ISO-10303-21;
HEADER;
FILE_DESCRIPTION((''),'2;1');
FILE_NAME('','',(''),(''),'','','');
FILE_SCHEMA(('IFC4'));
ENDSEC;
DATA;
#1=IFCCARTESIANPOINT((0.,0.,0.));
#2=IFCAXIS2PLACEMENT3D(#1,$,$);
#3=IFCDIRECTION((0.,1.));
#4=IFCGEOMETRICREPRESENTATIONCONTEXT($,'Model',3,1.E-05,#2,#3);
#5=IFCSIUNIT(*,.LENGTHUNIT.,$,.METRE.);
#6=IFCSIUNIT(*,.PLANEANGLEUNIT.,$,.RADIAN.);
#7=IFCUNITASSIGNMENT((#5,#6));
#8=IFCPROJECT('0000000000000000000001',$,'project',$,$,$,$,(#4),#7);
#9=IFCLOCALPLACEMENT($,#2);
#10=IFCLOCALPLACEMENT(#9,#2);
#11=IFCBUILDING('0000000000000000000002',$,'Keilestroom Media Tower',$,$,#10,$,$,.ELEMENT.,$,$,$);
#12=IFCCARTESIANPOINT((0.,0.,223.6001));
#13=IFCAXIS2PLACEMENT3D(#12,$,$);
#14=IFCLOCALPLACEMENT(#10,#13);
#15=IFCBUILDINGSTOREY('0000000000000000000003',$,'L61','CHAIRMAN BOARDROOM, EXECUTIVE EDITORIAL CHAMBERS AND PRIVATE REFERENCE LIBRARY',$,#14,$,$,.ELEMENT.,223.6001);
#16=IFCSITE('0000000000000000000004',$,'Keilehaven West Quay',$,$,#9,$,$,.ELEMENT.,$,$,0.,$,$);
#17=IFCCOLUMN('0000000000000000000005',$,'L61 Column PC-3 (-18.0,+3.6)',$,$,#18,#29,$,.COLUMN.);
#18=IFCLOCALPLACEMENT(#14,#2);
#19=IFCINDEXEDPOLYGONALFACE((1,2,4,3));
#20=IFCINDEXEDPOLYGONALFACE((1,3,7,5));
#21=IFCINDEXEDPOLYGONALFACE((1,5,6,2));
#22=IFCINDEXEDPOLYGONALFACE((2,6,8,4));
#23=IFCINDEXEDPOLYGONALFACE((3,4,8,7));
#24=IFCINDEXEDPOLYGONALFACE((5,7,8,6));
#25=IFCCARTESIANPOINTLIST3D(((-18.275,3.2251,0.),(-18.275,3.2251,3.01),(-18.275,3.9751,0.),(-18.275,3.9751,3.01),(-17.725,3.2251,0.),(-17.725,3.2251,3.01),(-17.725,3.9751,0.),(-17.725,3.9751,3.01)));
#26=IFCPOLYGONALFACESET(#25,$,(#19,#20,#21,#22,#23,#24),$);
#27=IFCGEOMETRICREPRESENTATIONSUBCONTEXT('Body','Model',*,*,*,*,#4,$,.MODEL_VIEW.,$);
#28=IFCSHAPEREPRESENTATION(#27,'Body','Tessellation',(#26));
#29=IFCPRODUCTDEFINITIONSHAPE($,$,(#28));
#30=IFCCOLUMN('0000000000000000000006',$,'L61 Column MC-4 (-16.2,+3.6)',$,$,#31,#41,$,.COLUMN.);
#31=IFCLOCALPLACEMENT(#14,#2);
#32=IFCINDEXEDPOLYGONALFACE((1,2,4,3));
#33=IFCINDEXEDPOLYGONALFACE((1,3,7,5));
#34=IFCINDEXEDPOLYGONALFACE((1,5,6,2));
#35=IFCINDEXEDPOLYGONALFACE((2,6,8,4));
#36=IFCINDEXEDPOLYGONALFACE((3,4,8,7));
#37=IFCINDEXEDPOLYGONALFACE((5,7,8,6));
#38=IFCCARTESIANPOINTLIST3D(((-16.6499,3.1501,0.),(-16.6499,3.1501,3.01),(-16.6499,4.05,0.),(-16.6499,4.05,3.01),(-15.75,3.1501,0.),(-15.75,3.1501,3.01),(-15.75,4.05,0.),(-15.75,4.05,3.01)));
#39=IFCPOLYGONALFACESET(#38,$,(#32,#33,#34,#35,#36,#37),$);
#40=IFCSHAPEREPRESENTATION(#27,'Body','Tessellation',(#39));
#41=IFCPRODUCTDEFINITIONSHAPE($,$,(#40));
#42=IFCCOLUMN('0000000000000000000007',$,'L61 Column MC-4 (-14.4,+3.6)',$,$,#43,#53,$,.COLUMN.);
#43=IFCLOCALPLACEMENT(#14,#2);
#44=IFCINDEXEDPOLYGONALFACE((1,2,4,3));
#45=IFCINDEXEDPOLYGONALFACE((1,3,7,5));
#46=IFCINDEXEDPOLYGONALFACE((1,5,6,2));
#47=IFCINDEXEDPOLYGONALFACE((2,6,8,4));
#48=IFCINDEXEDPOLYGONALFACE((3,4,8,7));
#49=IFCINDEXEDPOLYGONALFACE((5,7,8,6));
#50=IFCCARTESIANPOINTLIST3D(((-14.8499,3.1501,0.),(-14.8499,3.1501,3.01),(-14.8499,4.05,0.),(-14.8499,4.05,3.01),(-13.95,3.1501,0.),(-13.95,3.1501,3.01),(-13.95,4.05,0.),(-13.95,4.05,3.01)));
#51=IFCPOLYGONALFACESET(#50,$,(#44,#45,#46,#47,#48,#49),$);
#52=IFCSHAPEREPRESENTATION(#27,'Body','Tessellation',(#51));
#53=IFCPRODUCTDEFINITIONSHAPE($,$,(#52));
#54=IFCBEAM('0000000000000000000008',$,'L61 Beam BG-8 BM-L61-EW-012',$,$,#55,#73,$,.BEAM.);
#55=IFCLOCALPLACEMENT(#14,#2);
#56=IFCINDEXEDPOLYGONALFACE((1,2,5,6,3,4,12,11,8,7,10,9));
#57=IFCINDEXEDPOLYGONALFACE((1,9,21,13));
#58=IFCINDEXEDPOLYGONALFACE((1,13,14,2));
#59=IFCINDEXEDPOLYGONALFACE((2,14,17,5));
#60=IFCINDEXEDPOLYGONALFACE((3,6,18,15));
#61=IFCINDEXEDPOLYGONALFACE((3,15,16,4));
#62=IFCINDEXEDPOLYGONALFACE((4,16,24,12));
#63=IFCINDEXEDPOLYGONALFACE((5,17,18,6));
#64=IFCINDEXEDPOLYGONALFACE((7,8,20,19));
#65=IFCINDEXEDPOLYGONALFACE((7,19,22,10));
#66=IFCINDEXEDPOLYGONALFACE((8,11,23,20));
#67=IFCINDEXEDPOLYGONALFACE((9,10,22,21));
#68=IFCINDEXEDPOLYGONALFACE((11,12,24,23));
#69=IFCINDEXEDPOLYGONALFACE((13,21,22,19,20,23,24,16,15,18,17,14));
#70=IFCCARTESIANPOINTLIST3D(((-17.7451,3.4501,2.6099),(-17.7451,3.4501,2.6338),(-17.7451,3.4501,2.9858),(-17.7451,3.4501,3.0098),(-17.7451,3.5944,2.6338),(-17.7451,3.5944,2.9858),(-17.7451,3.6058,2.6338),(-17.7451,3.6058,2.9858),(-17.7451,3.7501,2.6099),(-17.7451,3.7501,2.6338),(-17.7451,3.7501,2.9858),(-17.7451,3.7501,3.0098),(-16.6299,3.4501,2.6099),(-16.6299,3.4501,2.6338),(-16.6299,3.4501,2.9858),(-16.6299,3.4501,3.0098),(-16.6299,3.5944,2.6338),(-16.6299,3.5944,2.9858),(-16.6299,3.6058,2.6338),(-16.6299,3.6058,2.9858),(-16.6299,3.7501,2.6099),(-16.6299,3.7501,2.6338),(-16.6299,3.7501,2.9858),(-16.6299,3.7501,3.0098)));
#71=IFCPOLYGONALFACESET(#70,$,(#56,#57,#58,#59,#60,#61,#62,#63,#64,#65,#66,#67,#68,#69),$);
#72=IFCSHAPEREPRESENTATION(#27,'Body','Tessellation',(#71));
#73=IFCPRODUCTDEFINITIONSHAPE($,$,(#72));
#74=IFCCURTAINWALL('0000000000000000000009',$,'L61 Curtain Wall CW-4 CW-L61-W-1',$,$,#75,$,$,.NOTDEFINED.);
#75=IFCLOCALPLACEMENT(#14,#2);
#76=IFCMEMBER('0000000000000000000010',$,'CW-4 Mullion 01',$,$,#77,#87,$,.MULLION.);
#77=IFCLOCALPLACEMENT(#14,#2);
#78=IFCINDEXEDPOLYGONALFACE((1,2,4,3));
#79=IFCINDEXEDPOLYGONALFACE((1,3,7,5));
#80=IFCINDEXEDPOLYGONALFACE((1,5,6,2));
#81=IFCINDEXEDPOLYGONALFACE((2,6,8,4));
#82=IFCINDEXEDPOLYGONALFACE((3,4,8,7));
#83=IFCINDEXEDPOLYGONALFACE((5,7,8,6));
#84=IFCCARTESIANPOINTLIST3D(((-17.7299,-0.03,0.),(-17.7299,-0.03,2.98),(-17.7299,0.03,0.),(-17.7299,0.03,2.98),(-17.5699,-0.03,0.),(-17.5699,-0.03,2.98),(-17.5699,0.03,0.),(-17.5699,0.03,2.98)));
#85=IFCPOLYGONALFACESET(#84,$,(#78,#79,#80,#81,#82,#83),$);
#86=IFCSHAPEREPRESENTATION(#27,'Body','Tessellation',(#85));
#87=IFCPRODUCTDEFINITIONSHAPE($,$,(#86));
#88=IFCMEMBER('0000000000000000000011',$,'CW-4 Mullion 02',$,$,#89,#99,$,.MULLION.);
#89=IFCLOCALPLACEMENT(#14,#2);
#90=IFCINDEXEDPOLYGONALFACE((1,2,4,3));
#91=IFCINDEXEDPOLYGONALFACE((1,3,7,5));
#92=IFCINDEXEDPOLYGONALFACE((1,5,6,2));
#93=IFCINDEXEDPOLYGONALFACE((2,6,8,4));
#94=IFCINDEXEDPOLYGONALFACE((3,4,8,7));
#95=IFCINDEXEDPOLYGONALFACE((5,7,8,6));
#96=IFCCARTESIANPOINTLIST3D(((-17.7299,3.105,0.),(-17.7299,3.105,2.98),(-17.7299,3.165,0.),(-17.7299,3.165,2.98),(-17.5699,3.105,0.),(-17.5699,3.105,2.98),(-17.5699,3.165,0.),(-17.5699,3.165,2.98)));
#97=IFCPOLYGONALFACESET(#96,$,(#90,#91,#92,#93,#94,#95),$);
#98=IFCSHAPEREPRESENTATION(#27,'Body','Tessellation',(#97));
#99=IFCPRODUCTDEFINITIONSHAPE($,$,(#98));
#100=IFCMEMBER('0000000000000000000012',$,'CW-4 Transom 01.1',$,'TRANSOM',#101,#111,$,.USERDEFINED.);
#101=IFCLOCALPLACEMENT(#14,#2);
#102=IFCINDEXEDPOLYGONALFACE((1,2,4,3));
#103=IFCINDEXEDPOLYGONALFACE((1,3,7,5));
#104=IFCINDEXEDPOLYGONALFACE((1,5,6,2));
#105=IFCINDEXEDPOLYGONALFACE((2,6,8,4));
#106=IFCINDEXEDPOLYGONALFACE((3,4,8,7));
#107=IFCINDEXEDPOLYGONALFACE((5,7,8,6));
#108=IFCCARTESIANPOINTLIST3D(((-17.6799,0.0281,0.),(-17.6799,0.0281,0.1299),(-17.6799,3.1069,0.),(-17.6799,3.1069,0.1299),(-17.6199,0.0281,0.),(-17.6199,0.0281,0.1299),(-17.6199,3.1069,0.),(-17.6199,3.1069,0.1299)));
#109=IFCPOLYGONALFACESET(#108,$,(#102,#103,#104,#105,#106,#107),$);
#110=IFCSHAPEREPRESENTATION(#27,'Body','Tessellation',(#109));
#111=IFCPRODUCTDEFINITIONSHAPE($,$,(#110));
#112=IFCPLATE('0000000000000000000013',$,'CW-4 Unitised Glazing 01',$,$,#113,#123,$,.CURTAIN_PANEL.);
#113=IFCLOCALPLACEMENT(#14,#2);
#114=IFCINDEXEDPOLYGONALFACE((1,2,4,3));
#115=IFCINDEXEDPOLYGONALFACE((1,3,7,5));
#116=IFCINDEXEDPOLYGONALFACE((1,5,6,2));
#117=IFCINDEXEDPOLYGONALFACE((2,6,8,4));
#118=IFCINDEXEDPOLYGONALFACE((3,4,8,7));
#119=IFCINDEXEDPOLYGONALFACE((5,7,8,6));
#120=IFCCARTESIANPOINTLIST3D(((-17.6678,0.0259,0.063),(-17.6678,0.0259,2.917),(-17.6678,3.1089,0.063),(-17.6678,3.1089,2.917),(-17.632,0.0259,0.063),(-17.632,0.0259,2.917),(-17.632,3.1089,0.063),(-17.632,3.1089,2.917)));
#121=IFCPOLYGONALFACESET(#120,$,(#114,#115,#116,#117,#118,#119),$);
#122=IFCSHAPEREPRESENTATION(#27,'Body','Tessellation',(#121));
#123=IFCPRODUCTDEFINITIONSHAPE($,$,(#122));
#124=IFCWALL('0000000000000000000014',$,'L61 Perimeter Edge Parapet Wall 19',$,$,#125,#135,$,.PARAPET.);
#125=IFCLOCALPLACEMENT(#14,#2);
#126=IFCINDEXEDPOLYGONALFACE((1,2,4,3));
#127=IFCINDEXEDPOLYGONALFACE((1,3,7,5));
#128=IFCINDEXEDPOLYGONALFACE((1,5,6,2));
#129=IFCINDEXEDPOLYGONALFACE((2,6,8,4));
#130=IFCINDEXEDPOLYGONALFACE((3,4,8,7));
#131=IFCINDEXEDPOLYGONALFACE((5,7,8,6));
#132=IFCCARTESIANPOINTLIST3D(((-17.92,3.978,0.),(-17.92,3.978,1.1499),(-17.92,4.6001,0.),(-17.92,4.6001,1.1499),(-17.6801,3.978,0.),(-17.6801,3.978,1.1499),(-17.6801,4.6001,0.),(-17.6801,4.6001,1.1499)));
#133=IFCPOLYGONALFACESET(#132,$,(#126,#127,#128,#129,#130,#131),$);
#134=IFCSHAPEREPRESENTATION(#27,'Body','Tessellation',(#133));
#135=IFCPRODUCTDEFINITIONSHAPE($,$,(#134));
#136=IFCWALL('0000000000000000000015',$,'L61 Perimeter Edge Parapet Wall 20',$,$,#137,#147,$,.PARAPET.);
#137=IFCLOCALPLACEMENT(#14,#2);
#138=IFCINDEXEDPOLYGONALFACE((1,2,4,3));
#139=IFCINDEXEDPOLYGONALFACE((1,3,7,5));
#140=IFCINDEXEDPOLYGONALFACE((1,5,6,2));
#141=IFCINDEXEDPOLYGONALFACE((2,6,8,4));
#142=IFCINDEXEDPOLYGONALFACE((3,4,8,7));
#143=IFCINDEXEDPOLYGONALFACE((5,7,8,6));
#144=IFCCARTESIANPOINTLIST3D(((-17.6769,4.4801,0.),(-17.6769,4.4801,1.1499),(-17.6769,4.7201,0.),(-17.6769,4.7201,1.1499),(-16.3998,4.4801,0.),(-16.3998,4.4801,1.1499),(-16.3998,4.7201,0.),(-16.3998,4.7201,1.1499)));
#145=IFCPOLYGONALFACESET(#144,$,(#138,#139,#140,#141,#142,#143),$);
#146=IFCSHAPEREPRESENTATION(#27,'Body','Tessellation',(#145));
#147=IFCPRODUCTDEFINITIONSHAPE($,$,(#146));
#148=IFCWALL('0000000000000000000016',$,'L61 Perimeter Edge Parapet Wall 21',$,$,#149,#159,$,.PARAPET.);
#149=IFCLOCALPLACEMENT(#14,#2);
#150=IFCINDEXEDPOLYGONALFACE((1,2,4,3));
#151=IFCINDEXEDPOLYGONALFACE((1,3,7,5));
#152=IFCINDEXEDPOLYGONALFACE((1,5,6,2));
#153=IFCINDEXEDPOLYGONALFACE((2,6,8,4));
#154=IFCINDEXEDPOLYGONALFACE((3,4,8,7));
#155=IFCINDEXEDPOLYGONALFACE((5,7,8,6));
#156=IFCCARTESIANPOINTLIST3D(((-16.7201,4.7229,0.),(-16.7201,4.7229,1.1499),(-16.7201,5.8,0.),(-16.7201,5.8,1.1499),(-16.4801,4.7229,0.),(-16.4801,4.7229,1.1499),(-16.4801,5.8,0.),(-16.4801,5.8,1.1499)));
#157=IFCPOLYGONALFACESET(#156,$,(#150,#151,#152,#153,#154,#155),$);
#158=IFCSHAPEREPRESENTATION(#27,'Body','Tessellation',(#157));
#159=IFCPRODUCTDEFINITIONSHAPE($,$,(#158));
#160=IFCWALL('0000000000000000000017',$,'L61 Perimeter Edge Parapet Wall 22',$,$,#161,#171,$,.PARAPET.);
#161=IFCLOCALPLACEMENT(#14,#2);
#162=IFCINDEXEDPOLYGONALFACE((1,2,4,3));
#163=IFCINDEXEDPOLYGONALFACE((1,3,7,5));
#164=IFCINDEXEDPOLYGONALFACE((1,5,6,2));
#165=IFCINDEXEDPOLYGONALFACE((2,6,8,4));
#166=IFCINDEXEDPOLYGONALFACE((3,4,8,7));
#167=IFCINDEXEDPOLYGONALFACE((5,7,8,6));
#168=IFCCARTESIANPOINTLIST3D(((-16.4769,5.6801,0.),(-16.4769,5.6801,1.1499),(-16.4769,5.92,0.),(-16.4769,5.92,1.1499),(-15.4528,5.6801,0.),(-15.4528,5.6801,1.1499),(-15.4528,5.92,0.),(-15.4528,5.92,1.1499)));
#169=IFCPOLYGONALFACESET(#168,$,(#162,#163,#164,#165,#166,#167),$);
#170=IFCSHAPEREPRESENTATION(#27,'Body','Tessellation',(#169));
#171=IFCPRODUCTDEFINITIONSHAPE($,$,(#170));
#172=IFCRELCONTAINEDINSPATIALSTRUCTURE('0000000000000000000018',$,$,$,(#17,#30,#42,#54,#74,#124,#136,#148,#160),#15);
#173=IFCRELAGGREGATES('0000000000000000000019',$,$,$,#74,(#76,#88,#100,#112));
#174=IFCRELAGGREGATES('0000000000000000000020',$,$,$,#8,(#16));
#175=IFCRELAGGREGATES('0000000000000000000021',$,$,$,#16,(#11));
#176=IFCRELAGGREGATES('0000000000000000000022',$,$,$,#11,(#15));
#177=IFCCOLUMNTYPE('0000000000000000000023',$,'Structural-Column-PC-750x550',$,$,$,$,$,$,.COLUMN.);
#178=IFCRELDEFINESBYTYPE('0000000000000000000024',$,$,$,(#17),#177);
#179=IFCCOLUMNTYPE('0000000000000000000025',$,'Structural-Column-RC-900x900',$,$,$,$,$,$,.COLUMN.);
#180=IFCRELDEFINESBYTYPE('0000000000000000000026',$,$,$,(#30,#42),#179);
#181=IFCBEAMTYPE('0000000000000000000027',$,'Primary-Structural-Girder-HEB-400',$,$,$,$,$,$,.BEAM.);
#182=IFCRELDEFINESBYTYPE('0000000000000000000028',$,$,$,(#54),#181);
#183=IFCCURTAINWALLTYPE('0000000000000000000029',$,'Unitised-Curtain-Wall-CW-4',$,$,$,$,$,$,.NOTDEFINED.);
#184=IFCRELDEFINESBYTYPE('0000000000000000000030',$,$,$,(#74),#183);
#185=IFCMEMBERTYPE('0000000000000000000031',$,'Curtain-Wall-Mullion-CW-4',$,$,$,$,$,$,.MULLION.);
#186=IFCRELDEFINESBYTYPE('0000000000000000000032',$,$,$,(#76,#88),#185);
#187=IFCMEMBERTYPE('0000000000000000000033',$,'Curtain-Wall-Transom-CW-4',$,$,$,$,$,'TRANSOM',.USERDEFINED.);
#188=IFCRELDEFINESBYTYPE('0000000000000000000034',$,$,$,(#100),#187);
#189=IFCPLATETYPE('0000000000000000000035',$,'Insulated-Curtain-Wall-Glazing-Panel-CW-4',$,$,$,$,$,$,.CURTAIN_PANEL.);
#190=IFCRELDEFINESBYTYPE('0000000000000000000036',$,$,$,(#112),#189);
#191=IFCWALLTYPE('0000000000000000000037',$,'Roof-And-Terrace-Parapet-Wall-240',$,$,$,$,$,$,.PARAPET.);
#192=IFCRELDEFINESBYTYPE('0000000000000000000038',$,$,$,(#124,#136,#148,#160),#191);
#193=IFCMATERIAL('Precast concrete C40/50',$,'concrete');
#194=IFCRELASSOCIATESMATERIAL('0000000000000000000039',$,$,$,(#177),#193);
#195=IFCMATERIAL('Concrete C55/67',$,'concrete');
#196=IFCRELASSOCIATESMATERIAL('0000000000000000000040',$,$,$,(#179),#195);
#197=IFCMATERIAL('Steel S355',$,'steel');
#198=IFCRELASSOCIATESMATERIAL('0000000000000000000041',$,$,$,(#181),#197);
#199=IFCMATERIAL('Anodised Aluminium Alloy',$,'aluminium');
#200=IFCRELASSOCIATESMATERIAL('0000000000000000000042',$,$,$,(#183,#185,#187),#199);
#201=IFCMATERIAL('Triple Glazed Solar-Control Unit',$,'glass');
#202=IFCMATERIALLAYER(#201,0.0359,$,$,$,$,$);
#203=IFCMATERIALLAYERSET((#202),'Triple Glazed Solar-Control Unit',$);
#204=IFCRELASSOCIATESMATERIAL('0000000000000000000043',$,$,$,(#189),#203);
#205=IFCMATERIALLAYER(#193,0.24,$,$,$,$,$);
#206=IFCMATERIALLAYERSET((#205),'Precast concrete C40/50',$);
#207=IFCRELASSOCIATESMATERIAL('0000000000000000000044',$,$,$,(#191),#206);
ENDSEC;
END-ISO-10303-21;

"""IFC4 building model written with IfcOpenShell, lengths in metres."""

from ifc_helpers import new_model, si_unit, direction, frame, frame_2d, origin, origin_2d, place, context, subcontext, project, spatial, rectangle, i_section, extrude, source, transform, mapped, material, layer, layer_set, material_profile, profile_set, type_object, element, aggregate, save


model = new_model("IFC4")

# Units and contexts
model_context = context("Model", 3, precision=1e-05, world=origin(), true_north=direction((0.0, 1.0)))
body_context = subcontext(model_context, "Body", "Model", "MODEL_VIEW")
ifc_project = project(units=[si_unit("LENGTHUNIT", "METRE"), si_unit("PLANEANGLEUNIT", "RADIAN")], contexts=[model_context])

# Site, building, storey
site_placement = place(None, origin())
site = spatial("IfcSite", under=ifc_project, at=site_placement, Name="Keilehaven West Quay", CompositionType="ELEMENT", RefElevation=0.0)
building_placement = place(site_placement, origin())
building = spatial("IfcBuilding", under=site, at=building_placement, Name="Keilestroom Media Tower", CompositionType="ELEMENT")
storey_placement = place(building_placement, frame((0.0, 0.0, 223.6001)))
storey = spatial("IfcBuildingStorey", under=building, at=storey_placement, Name="L61", Description="CHAIRMAN BOARDROOM, EXECUTIVE EDITORIAL CHAMBERS AND PRIVATE REFERENCE LIBRARY", CompositionType="ELEMENT", Elevation=223.6001)

# Columns
ifc_material_1 = material(Name="Precast concrete C40/50", Category="concrete")
ifc_material_profile_1 = material_profile(ifc_material_1, rectangle(XDim=0.55, YDim=0.75, at=origin_2d()), Name="PC 750x550")
ifc_profile_set_1 = profile_set([ifc_material_profile_1], Name="Precast concrete C40/50")
column_type_1 = type_object("IfcColumnType", Name="Structural-Column-PC-750x550", PredefinedType="COLUMN", material=ifc_profile_set_1)
shared_shape_1 = source(origin(), body_context, "Body", "SweptSolid", [
    extrude(rectangle(XDim=0.55, YDim=0.75, at=origin_2d()), origin(), (0.0, 0.0, 1.0), 3.01),
])
column_placement = place(storey_placement, frame((-18.0, 3.6001, 0.0), z_axis=(0.0, 0.0, 1.0), x_axis=(1.0, 0.0, 0.0)))
element("IfcColumn", 1, at=column_placement, inside=storey, type_object=column_type_1, Name="L61 Column PC-3 (-18.0,+3.6)", PredefinedType="COLUMN", context=body_context, shape_type="MappedRepresentation", body=[
    mapped(shared_shape_1, transform((0.0, 0.0, 0.0), x_axis=(1.0, 0.0, 0.0), y_axis=(0.0, 1.0, 0.0), z_axis=(0.0, 0.0, 1.0), scale=1.0)),
])
ifc_material_2 = material(Name="Concrete C55/67", Category="concrete")
ifc_material_profile_2 = material_profile(ifc_material_2, rectangle(XDim=0.8999, YDim=0.8999, at=origin_2d()), Name="RC 900x900")
ifc_profile_set_2 = profile_set([ifc_material_profile_2], Name="Concrete C55/67")
column_type_2 = type_object("IfcColumnType", Name="Structural-Column-RC-900x900", PredefinedType="COLUMN", material=ifc_profile_set_2)
shared_shape_2 = source(origin(), body_context, "Body", "SweptSolid", [
    extrude(rectangle(XDim=0.8999, YDim=0.8999, at=origin_2d()), origin(), (0.0, 0.0, 1.0), 3.01),
])
for number, where, z_axis, x_axis, name in (
    (2, (-16.2, 3.6001, 0.0), (0.0, 0.0, 1.0), (1.0, 0.0, 0.0), "L61 Column MC-4 (-16.2,+3.6)"),
    (3, (-14.3999, 3.6001, 0.0), (0.0, 0.0, 1.0), (1.0, 0.0, 0.0), "L61 Column MC-4 (-14.4,+3.6)"),
):
    element("IfcColumn", number, at=place(storey_placement, frame(where, z_axis=z_axis, x_axis=x_axis)), inside=storey, type_object=column_type_2, Name=name, PredefinedType="COLUMN", context=body_context, shape_type="MappedRepresentation", body=[
        mapped(shared_shape_2, transform((0.0, 0.0, 0.0), x_axis=(1.0, 0.0, 0.0), y_axis=(0.0, 1.0, 0.0), z_axis=(0.0, 0.0, 1.0), scale=1.0)),
    ])

# Beam
ifc_material_3 = material(Name="Steel S355", Category="steel")
ifc_material_profile_3 = material_profile(ifc_material_3, i_section(OverallWidth=0.3, OverallDepth=0.3999, WebThickness=0.0115, FlangeThickness=0.0239, at=origin_2d()), Name="HEB 400")
ifc_profile_set_3 = profile_set([ifc_material_profile_3], Name="Steel S355")
beam_type = type_object("IfcBeamType", Name="Primary-Structural-Girder-HEB-400", PredefinedType="BEAM", material=ifc_profile_set_3)
shared_shape_3 = source(origin(), body_context, "Body", "SweptSolid", [
    extrude(i_section(OverallWidth=0.3, OverallDepth=0.3999, WebThickness=0.0115, FlangeThickness=0.0239, at=origin_2d()), origin(), (0.0, 0.0, 1.0), 1.1152),
])
beam_placement = place(storey_placement, frame((-17.7451, 3.6001, 2.8098), z_axis=(1.0, 0.0, 0.0), x_axis=(0.0, 1.0, 0.0)))
element("IfcBeam", 4, at=beam_placement, inside=storey, type_object=beam_type, Name="L61 Beam BG-8 BM-L61-EW-012", PredefinedType="BEAM", context=body_context, shape_type="MappedRepresentation", body=[
    mapped(shared_shape_3, transform((0.0, 0.0, 0.0), x_axis=(1.0, 0.0, 0.0), y_axis=(0.0, 1.0, 0.0), z_axis=(0.0, 0.0, 1.0), scale=1.0)),
])

# Curtain wall, members, plate
ifc_material_4 = material(Name="Anodised Aluminium Alloy", Category="aluminium")
curtain_wall_type = type_object("IfcCurtainWallType", Name="Unitised-Curtain-Wall-CW-4", PredefinedType="NOTDEFINED", material=ifc_material_4)
curtain_wall_placement = place(storey_placement, origin())
curtain_wall = element("IfcCurtainWall", 5, at=curtain_wall_placement, inside=storey, type_object=curtain_wall_type, Name="L61 Curtain Wall CW-4 CW-L61-W-1", PredefinedType="NOTDEFINED")
ifc_material_profile_4 = material_profile(ifc_material_4, rectangle(XDim=0.0601, YDim=0.1599, at=origin_2d()), Name="ALU MULLION 60x160")
ifc_profile_set_4 = profile_set([ifc_material_profile_4], Name="Anodised Aluminium Alloy")
member_type_1 = type_object("IfcMemberType", Name="Curtain-Wall-Mullion-CW-4", PredefinedType="MULLION", material=ifc_profile_set_4)
shared_shape_4 = source(origin(), body_context, "Body", "SweptSolid", [
    extrude(rectangle(XDim=0.0601, YDim=0.1599, at=origin_2d()), origin(), (0.0, 0.0, 1.0), 2.98),
])
member_1_placement = place(storey_placement, frame((-17.6499, 0.0, 0.0), z_axis=(0.0, 0.0, 1.0), x_axis=(0.0, 1.0, 0.0)))
member_1 = element("IfcMember", 6, at=member_1_placement, type_object=member_type_1, Name="CW-4 Mullion 01", PredefinedType="MULLION", context=body_context, shape_type="MappedRepresentation", body=[
    mapped(shared_shape_4, transform((0.0, 0.0, 0.0), x_axis=(1.0, 0.0, 0.0), y_axis=(0.0, 1.0, 0.0), z_axis=(0.0, 0.0, 1.0), scale=1.0)),
])
member_2_placement = place(storey_placement, frame((-17.6499, 3.135, 0.0), z_axis=(0.0, 0.0, 1.0), x_axis=(0.0, 1.0, 0.0)))
member_2 = element("IfcMember", 7, at=member_2_placement, type_object=member_type_1, Name="CW-4 Mullion 02", PredefinedType="MULLION", context=body_context, shape_type="MappedRepresentation", body=[
    mapped(shared_shape_4, transform((0.0, 0.0, 0.0), x_axis=(1.0, 0.0, 0.0), y_axis=(0.0, 1.0, 0.0), z_axis=(0.0, 0.0, 1.0), scale=1.0)),
])
ifc_material_profile_5 = material_profile(ifc_material_4, rectangle(XDim=0.0601, YDim=0.1299, at=origin_2d()), Name="ALU TRANSOM 60x130")
ifc_profile_set_5 = profile_set([ifc_material_profile_5], Name="Anodised Aluminium Alloy")
member_type_2 = type_object("IfcMemberType", Name="Curtain-Wall-Transom-CW-4", ElementType="TRANSOM", PredefinedType="USERDEFINED", material=ifc_profile_set_5)
shared_shape_5 = source(origin(), body_context, "Body", "SweptSolid", [
    extrude(rectangle(XDim=0.0601, YDim=0.1299, at=origin_2d()), origin(), (0.0, 0.0, 1.0), 3.0789),
])
member_3_placement = place(storey_placement, frame((-17.6499, 0.0281, 0.0649), z_axis=(0.0, 1.0, 0.0), x_axis=(-1.0, 0.0, 0.0)))
member_3 = element("IfcMember", 8, at=member_3_placement, type_object=member_type_2, Name="CW-4 Transom 01.1", ObjectType="TRANSOM", PredefinedType="USERDEFINED", context=body_context, shape_type="MappedRepresentation", body=[
    mapped(shared_shape_5, transform((0.0, 0.0, 0.0), x_axis=(1.0, 0.0, 0.0), y_axis=(0.0, 1.0, 0.0), z_axis=(0.0, 0.0, 1.0), scale=1.0)),
])
ifc_material_5 = material(Name="Triple Glazed Solar-Control Unit", Category="glass")
ifc_layer_1 = layer(ifc_material_5, 0.0359)
ifc_layer_set_1 = layer_set([ifc_layer_1], Name="Triple Glazed Solar-Control Unit")
plate_type = type_object("IfcPlateType", Name="Insulated-Curtain-Wall-Glazing-Panel-CW-4", PredefinedType="CURTAIN_PANEL", material=ifc_layer_set_1)
shared_shape_6 = source(origin(), body_context, "Body", "SweptSolid", [
    extrude(rectangle(XDim=3.083, YDim=0.0359, at=origin_2d()), origin(), (0.0, 0.0, 1.0), 2.854),
])
plate_placement = place(storey_placement, frame((-17.6499, 1.5674, 0.063), z_axis=(0.0, 0.0, 1.0), x_axis=(0.0, 1.0, 0.0)))
plate = element("IfcPlate", 9, at=plate_placement, type_object=plate_type, Name="CW-4 Unitised Glazing 01", PredefinedType="CURTAIN_PANEL", context=body_context, shape_type="MappedRepresentation", body=[
    mapped(shared_shape_6, transform((0.0, 0.0, 0.0), x_axis=(1.0, 0.0, 0.0), y_axis=(0.0, 1.0, 0.0), z_axis=(0.0, 0.0, 1.0), scale=1.0)),
])
aggregate(curtain_wall, [member_1, member_2, member_3, plate])

# Walls
ifc_layer_2 = layer(ifc_material_1, 0.24)
ifc_layer_set_2 = layer_set([ifc_layer_2], Name="Precast concrete C40/50")
wall_type = type_object("IfcWallType", Name="Roof-And-Terrace-Parapet-Wall-240", PredefinedType="PARAPET", material=ifc_layer_set_2)
wall_1_placement = place(storey_placement, frame((-17.8, 3.978, 0.0), z_axis=(0.0, 0.0, 1.0), x_axis=(0.0, 1.0, 0.0)))
element("IfcWall", 10, at=wall_1_placement, inside=storey, type_object=wall_type, Name="L61 Perimeter Edge Parapet Wall 19", PredefinedType="PARAPET", context=body_context, shape_type="SweptSolid", body=[
    extrude(rectangle(XDim=0.6221, YDim=0.24, at=frame_2d((0.311, 0.0))), origin(), (0.0, 0.0, 1.0), 1.1499),
])
wall_2_placement = place(storey_placement, frame((-17.677, 4.6001, 0.0), z_axis=(0.0, 0.0, 1.0), x_axis=(1.0, 0.0, 0.0)))
element("IfcWall", 11, at=wall_2_placement, inside=storey, type_object=wall_type, Name="L61 Perimeter Edge Parapet Wall 20", PredefinedType="PARAPET", context=body_context, shape_type="SweptSolid", body=[
    extrude(rectangle(XDim=1.2771, YDim=0.24, at=frame_2d((0.6387, 0.0))), origin(), (0.0, 0.0, 1.0), 1.1499),
])
wall_3_placement = place(storey_placement, frame((-16.6001, 4.7229, 0.0), z_axis=(0.0, 0.0, 1.0), x_axis=(0.0, 1.0, 0.0)))
element("IfcWall", 12, at=wall_3_placement, inside=storey, type_object=wall_type, Name="L61 Perimeter Edge Parapet Wall 21", PredefinedType="PARAPET", context=body_context, shape_type="SweptSolid", body=[
    extrude(rectangle(XDim=1.0771, YDim=0.24, at=frame_2d((0.5386, 0.0))), origin(), (0.0, 0.0, 1.0), 1.1499),
])
wall_4_placement = place(storey_placement, frame((-16.4771, 5.8, 0.0), z_axis=(0.0, 0.0, 1.0), x_axis=(1.0, 0.0, 0.0)))
element("IfcWall", 13, at=wall_4_placement, inside=storey, type_object=wall_type, Name="L61 Perimeter Edge Parapet Wall 22", PredefinedType="PARAPET", context=body_context, shape_type="SweptSolid", body=[
    extrude(rectangle(XDim=1.0242, YDim=0.24, at=frame_2d((0.5122, 0.0))), origin(), (0.0, 0.0, 1.0), 1.1499),
])

save(model, "model.ifc")
